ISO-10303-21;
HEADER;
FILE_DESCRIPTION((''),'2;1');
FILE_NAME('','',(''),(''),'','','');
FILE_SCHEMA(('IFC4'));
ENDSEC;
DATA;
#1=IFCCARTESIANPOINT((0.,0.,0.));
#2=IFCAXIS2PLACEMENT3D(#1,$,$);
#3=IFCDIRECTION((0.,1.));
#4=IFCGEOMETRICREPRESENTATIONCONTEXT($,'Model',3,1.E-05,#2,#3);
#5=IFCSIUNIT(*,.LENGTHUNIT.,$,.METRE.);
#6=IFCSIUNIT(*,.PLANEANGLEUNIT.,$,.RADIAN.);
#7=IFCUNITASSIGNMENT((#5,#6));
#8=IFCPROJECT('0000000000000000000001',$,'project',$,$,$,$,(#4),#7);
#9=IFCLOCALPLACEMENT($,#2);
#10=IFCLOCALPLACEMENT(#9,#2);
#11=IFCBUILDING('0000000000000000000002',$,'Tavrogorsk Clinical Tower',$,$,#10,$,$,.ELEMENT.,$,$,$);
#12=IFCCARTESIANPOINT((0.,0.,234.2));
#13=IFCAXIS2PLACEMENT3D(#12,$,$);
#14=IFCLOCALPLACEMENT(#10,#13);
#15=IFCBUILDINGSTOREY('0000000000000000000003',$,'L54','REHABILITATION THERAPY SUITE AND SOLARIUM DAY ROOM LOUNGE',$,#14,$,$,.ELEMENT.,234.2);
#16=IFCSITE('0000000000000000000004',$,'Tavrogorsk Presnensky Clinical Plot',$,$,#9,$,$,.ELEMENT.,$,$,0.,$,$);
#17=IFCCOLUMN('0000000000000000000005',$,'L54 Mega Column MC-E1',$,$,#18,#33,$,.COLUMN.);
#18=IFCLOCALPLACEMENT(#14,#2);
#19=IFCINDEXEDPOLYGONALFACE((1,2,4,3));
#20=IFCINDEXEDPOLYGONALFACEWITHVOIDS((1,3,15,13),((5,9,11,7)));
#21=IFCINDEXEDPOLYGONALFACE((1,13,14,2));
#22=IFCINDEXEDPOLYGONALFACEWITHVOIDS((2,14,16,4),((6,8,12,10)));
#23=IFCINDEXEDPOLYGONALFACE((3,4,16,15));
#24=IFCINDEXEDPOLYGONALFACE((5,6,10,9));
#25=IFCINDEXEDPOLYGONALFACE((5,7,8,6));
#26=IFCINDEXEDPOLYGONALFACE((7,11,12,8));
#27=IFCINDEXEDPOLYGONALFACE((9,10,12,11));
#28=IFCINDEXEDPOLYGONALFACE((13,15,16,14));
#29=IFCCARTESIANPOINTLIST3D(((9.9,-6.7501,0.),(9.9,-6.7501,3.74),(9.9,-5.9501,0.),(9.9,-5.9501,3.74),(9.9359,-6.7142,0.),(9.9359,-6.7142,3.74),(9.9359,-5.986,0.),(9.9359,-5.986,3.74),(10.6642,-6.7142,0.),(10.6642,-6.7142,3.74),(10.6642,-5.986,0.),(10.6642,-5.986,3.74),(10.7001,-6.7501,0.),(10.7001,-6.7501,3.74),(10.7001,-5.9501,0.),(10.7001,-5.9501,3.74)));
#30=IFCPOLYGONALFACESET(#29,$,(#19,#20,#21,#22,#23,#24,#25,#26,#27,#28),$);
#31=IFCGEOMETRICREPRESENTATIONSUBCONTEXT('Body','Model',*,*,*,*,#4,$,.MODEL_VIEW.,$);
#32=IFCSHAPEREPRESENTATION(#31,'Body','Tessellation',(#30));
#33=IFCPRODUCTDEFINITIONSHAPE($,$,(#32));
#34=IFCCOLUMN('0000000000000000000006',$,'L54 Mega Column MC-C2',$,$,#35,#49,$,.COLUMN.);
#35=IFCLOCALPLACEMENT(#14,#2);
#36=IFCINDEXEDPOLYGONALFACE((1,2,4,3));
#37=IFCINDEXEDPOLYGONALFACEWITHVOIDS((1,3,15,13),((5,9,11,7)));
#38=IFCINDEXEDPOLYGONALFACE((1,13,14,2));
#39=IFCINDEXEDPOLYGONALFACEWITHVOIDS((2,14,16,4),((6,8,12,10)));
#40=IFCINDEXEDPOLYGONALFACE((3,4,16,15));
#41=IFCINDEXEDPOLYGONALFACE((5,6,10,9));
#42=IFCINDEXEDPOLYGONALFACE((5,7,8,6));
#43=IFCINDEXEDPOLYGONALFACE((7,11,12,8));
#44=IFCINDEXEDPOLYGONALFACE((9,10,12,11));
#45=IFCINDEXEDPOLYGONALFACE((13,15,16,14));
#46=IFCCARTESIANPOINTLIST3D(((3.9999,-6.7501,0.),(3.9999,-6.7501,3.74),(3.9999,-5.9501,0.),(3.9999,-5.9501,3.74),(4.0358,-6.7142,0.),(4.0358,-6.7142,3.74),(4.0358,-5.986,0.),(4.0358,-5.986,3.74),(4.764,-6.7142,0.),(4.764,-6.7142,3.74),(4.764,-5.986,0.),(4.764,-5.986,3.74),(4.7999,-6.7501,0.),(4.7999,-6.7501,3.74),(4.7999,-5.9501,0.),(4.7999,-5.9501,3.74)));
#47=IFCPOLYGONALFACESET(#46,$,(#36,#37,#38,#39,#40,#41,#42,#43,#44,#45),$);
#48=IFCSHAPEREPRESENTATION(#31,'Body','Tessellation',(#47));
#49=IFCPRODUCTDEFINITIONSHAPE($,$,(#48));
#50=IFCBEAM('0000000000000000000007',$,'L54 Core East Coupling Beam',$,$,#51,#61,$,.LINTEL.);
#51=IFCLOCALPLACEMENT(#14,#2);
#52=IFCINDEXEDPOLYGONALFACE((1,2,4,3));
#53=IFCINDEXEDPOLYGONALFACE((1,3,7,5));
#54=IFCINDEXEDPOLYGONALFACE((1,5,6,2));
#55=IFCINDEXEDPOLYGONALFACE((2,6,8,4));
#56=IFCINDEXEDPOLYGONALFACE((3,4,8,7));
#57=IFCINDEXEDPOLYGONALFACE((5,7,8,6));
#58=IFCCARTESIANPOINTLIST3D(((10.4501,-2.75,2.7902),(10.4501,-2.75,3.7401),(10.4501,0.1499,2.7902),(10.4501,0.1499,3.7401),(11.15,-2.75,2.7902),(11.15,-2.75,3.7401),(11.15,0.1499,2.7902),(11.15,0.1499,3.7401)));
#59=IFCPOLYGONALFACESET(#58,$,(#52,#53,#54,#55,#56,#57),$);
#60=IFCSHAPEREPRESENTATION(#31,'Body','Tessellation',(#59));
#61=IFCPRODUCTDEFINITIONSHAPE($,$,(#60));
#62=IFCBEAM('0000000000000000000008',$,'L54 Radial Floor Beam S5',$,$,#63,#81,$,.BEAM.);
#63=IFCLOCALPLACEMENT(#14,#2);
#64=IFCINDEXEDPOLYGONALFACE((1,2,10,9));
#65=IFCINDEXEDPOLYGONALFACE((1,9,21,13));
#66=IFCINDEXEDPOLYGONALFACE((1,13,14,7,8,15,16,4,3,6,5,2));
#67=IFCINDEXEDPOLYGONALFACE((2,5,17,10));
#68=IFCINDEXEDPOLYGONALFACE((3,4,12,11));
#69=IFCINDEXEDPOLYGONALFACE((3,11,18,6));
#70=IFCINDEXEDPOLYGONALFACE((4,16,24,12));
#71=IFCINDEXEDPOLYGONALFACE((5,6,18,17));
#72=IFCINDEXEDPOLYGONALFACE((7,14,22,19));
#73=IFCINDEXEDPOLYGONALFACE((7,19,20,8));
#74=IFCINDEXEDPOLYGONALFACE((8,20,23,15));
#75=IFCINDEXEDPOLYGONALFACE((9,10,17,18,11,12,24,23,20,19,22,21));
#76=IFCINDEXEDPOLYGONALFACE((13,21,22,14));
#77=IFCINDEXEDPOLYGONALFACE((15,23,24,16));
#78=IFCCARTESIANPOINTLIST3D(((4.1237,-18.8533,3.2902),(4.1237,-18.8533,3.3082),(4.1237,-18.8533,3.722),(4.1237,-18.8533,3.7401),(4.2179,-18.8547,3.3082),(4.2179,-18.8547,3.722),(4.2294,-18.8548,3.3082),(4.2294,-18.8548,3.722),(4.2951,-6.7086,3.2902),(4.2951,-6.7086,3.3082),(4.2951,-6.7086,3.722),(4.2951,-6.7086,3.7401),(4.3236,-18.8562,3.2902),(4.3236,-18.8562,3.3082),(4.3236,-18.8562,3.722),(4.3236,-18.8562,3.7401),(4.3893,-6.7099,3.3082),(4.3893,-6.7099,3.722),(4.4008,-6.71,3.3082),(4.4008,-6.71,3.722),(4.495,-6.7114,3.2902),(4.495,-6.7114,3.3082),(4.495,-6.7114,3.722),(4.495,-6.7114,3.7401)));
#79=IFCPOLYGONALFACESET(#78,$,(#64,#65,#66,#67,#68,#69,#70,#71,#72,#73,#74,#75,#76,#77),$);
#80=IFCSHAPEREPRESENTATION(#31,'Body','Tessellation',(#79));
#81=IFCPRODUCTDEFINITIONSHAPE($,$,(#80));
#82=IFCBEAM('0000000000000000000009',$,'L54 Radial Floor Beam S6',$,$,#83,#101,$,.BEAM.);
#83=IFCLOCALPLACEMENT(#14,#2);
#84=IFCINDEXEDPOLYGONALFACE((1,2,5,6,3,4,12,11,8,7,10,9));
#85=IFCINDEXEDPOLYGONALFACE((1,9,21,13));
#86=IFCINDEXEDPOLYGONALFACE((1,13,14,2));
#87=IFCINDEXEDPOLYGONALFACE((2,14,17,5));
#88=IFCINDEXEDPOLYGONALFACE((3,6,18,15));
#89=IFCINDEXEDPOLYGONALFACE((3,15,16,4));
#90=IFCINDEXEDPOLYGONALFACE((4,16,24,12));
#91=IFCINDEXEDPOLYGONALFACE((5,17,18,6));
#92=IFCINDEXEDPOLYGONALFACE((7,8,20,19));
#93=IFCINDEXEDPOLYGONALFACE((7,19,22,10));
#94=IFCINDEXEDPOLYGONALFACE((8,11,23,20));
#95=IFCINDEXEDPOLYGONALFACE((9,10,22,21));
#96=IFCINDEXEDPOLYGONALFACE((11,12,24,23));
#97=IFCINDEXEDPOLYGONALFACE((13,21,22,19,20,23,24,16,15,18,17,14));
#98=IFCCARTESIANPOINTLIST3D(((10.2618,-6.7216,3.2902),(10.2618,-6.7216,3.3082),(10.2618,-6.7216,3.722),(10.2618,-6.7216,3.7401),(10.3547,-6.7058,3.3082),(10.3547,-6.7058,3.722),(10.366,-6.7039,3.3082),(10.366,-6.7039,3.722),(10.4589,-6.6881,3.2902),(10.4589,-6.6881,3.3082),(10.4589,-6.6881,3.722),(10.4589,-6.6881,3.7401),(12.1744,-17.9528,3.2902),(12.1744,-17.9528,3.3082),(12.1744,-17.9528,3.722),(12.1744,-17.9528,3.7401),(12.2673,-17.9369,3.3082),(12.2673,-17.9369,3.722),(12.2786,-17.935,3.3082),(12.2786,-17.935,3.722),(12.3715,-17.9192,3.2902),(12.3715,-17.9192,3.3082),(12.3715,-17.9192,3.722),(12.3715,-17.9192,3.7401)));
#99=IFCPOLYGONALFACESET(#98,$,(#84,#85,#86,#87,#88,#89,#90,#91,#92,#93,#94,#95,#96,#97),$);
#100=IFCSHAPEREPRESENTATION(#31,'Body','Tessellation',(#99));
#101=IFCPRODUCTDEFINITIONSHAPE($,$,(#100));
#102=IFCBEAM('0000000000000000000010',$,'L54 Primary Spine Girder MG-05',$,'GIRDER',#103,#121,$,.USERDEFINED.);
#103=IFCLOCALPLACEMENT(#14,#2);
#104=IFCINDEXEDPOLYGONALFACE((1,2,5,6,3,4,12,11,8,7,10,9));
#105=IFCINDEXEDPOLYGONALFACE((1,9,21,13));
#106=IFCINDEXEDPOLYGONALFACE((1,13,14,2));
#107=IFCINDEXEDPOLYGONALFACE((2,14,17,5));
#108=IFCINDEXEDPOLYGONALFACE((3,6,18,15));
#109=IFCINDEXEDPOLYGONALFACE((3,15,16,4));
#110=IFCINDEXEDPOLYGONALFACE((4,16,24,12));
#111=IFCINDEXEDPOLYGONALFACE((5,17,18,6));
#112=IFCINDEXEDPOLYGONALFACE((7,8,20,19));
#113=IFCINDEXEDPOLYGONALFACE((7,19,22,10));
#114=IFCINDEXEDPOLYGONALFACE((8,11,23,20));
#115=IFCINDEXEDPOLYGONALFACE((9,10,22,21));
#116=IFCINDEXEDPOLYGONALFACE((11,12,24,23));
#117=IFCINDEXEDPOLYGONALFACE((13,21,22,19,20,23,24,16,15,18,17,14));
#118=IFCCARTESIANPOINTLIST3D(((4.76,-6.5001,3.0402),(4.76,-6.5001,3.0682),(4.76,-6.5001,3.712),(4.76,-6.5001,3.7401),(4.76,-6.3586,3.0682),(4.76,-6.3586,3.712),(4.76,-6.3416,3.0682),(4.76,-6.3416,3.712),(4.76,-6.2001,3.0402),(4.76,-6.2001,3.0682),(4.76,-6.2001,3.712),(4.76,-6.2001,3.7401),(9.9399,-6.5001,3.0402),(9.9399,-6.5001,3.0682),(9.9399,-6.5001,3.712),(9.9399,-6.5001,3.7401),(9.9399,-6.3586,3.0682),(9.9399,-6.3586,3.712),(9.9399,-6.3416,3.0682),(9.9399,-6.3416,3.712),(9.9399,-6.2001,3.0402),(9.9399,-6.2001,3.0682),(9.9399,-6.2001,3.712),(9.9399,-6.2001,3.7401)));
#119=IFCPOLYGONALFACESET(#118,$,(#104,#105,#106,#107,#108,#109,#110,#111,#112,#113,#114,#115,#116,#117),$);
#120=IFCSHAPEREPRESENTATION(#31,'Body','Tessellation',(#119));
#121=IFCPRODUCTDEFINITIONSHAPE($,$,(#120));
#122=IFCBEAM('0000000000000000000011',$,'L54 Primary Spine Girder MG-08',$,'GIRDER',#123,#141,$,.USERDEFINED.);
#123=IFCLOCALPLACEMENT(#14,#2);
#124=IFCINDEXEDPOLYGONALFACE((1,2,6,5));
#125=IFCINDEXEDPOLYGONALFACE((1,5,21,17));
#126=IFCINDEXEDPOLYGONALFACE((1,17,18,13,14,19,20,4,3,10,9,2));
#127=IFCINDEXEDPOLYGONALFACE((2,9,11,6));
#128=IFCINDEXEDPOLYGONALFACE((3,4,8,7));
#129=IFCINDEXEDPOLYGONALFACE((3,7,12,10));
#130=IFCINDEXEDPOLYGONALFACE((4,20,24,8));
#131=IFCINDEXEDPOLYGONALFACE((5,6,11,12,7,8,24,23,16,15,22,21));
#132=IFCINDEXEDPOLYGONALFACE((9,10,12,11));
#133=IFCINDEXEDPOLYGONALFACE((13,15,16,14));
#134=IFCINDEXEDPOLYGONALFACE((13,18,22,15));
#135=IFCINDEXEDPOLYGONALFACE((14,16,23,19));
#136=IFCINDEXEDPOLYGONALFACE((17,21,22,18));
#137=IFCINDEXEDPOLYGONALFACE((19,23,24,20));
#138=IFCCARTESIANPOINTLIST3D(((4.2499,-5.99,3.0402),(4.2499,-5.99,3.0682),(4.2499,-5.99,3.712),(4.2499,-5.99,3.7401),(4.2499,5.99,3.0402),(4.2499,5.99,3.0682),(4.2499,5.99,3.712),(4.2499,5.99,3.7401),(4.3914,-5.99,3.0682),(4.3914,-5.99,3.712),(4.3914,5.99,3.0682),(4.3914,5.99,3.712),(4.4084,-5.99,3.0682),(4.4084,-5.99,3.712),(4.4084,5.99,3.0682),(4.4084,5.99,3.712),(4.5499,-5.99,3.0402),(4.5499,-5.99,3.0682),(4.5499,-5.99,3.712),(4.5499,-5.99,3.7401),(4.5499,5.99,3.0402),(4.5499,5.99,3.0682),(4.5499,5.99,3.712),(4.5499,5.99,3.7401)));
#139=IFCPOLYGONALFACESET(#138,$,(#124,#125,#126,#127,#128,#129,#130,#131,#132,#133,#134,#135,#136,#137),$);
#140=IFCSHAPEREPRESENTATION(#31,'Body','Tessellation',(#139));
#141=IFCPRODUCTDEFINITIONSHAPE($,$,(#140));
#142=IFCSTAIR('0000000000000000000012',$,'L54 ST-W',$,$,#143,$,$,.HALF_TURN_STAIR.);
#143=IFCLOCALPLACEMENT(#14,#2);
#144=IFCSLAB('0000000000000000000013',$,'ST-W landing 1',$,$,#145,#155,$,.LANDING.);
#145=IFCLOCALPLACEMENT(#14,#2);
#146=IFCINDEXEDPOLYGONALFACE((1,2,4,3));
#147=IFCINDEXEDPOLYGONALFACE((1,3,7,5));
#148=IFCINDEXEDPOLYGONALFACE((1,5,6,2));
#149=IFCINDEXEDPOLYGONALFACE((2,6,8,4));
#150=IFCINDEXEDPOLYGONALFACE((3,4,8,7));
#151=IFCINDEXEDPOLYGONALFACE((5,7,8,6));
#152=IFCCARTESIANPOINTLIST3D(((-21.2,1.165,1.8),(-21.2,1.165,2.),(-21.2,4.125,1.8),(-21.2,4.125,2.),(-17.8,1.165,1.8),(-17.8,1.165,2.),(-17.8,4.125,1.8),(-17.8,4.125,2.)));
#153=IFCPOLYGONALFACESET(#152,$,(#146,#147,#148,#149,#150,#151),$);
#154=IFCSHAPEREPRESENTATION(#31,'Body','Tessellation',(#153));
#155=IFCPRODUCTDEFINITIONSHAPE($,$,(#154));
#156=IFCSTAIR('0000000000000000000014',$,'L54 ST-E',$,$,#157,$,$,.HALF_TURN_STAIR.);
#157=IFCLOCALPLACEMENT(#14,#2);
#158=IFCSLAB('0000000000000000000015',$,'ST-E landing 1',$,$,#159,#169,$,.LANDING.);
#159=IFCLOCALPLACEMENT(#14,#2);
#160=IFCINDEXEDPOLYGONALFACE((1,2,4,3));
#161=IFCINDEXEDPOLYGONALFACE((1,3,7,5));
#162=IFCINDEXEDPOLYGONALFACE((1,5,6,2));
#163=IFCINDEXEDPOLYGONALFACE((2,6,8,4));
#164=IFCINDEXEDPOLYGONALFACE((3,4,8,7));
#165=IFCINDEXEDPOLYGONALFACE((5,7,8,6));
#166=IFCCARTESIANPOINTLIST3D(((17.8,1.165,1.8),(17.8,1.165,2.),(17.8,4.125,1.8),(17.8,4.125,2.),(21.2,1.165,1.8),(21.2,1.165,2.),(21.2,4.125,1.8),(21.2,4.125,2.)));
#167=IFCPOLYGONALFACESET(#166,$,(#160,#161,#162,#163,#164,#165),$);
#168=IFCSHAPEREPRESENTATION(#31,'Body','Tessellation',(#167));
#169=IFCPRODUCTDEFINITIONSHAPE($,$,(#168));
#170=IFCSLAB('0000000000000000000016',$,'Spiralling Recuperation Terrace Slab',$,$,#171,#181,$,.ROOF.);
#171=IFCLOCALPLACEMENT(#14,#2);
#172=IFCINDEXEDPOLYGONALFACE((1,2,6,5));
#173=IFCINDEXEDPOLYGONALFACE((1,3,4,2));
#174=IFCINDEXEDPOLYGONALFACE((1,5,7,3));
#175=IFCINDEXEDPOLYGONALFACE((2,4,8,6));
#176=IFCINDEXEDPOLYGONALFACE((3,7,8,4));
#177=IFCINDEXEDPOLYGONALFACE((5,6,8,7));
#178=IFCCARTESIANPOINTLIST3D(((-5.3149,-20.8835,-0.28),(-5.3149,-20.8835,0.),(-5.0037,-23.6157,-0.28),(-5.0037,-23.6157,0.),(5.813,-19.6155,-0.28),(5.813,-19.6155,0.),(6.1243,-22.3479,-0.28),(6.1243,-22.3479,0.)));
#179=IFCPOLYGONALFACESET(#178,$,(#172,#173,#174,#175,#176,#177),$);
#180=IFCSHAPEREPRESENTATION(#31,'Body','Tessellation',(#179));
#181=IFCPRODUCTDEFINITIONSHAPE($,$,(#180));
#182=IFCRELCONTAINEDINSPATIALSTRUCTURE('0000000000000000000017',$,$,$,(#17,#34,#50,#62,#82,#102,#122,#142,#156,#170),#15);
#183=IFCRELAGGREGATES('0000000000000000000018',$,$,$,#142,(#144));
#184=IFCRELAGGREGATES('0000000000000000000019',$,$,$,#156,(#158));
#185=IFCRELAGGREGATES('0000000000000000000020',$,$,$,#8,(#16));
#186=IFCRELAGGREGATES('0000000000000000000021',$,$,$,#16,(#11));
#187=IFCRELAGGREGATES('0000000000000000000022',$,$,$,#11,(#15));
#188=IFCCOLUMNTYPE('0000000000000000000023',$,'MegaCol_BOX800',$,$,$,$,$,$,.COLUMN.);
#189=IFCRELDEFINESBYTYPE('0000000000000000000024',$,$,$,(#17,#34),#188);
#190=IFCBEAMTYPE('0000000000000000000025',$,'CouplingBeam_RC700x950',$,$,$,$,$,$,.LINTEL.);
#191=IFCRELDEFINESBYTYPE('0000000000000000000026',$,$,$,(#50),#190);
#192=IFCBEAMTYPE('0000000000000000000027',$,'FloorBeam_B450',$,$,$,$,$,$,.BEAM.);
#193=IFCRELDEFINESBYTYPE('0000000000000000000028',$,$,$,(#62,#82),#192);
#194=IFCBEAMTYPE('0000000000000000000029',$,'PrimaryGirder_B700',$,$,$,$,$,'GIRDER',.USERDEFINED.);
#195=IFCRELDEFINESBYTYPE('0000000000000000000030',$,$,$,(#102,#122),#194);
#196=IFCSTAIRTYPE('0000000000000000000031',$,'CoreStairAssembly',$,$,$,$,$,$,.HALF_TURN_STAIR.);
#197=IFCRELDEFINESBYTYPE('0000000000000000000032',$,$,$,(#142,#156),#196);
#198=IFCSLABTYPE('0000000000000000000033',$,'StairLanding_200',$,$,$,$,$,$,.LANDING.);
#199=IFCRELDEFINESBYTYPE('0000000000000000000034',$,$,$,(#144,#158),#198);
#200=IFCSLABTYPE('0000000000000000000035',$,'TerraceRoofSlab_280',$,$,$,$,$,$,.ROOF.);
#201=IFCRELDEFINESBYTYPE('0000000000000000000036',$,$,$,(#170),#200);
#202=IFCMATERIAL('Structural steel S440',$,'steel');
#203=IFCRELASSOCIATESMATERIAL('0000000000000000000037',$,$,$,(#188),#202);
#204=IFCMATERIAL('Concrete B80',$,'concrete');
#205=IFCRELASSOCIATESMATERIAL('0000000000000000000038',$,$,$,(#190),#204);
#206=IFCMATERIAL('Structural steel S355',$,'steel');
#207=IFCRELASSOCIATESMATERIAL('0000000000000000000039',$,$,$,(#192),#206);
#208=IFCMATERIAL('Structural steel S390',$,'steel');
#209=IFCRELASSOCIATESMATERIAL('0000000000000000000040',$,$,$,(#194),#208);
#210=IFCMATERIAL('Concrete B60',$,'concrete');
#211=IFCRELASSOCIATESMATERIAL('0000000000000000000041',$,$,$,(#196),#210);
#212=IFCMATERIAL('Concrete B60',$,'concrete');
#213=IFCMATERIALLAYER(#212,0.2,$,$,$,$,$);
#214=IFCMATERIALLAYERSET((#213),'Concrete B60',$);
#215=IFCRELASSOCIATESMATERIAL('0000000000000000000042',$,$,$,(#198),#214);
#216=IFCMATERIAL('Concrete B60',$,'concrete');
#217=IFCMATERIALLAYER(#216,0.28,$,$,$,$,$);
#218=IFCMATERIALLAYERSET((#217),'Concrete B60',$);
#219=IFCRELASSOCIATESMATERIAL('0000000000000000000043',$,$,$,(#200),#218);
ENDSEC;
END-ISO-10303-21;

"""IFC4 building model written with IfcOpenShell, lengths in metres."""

from ifc_helpers import new_model, si_unit, direction, frame, origin, origin_2d, place, context, subcontext, project, spatial, polyline, rectangle, hollow_rectangle, i_section, outline, extrude, material, layer, layer_set, material_profile, profile_set, type_object, element, aggregate, save


model = new_model("IFC4")

# Units and contexts
model_context = context("Model", 3, precision=1e-05, world=origin(), true_north=direction((0.0, 1.0)))
body_context = subcontext(model_context, "Body", "Model", "MODEL_VIEW")
ifc_project = project(units=[si_unit("LENGTHUNIT", "METRE"), si_unit("PLANEANGLEUNIT", "RADIAN")], contexts=[model_context])

# Site, building, storey
site_placement = place(None, origin())
site = spatial("IfcSite", under=ifc_project, at=site_placement, Name="Tavrogorsk Presnensky Clinical Plot", CompositionType="ELEMENT", RefElevation=0.0)
building_placement = place(site_placement, origin())
building = spatial("IfcBuilding", under=site, at=building_placement, Name="Tavrogorsk Clinical Tower", CompositionType="ELEMENT")
storey_placement = place(building_placement, frame((0.0, 0.0, 234.2)))
storey = spatial("IfcBuildingStorey", under=building, at=storey_placement, Name="L54", Description="REHABILITATION THERAPY SUITE AND SOLARIUM DAY ROOM LOUNGE", CompositionType="ELEMENT", Elevation=234.2)

# Columns
ifc_material_1 = material(Name="Structural steel S440", Category="steel")
ifc_material_profile_1 = material_profile(ifc_material_1, hollow_rectangle(XDim=0.8, YDim=0.8, WallThickness=0.0359, at=origin_2d()), Name="BOX-800x800x36")
ifc_profile_set_1 = profile_set([ifc_material_profile_1], Name="Structural steel S440")
column_type = type_object("IfcColumnType", Name="MegaCol_BOX800", PredefinedType="COLUMN", material=ifc_profile_set_1)
for number, where, z_axis, x_axis, name in (
    (1, (10.3, -6.3501, 0.0), (0.0, 0.0, 1.0), (1.0, 0.0, 0.0), "L54 Mega Column MC-E1"),
    (2, (4.3999, -6.3501, 0.0), (0.0, 0.0, 1.0), (1.0, 0.0, 0.0), "L54 Mega Column MC-C2"),
):
    element("IfcColumn", number, at=place(storey_placement, frame(where, z_axis=z_axis, x_axis=x_axis)), inside=storey, type_object=column_type, Name=name, PredefinedType="COLUMN", context=body_context, shape_type="SweptSolid", body=[
        extrude(hollow_rectangle(XDim=0.8, YDim=0.8, WallThickness=0.0359, at=origin_2d()), origin(), (0.0, 0.0, 1.0), 3.74),
    ])

# Beams
ifc_material_2 = material(Name="Concrete B80", Category="concrete")
ifc_material_profile_2 = material_profile(ifc_material_2, rectangle(XDim=0.7, YDim=0.95, at=origin_2d()), Name="RC-CB-700x950")
ifc_profile_set_2 = profile_set([ifc_material_profile_2], Name="Concrete B80")
beam_type_1 = type_object("IfcBeamType", Name="CouplingBeam_RC700x950", PredefinedType="LINTEL", material=ifc_profile_set_2)
beam_1_placement = place(storey_placement, frame((10.8, -2.75, 3.2651), z_axis=(0.0, 1.0, 0.0), x_axis=(-1.0, 0.0, 0.0)))
element("IfcBeam", 3, at=beam_1_placement, inside=storey, type_object=beam_type_1, Name="L54 Core East Coupling Beam", PredefinedType="LINTEL", context=body_context, shape_type="SweptSolid", body=[
    extrude(rectangle(XDim=0.7, YDim=0.95, at=origin_2d()), origin(), (0.0, 0.0, 1.0), 2.8999),
])
ifc_material_3 = material(Name="Structural steel S355", Category="steel")
ifc_material_profile_3 = material_profile(ifc_material_3, i_section(OverallWidth=0.2, OverallDepth=0.45, WebThickness=0.0115, FlangeThickness=0.0181, at=origin_2d()), Name="B-450x200x11.5x18")
ifc_profile_set_3 = profile_set([ifc_material_profile_3], Name="Structural steel S355")
beam_type_2 = type_object("IfcBeamType", Name="FloorBeam_B450", PredefinedType="BEAM", material=ifc_profile_set_3)
beam_2_placement = place(storey_placement, frame((4.395, -6.71, 3.5151), z_axis=(-0.014111, -0.9999, 0.0), x_axis=(0.9999, -0.014111, 0.0)))
element("IfcBeam", 4, at=beam_2_placement, inside=storey, type_object=beam_type_2, Name="L54 Radial Floor Beam S5", PredefinedType="BEAM", context=body_context, shape_type="SweptSolid", body=[
    extrude(i_section(OverallWidth=0.2, OverallDepth=0.45, WebThickness=0.0115, FlangeThickness=0.0181, at=origin_2d()), origin(), (0.0, 0.0, 1.0), 12.146),
])
beam_3_placement = place(storey_placement, frame((10.3604, -6.7048, 3.5151), z_axis=(0.167876, -0.985808, 0.0), x_axis=(0.985808, 0.167876, 0.0)))
element("IfcBeam", 5, at=beam_3_placement, inside=storey, type_object=beam_type_2, Name="L54 Radial Floor Beam S6", PredefinedType="BEAM", context=body_context, shape_type="SweptSolid", body=[
    extrude(i_section(OverallWidth=0.2, OverallDepth=0.45, WebThickness=0.0115, FlangeThickness=0.0181, at=origin_2d()), origin(), (0.0, 0.0, 1.0), 11.3928),
])
ifc_material_4 = material(Name="Structural steel S390", Category="steel")
ifc_material_profile_4 = material_profile(ifc_material_4, i_section(OverallWidth=0.3, OverallDepth=0.7, WebThickness=0.0171, FlangeThickness=0.0281, at=origin_2d()), Name="B-700x300x17x28")
ifc_profile_set_4 = profile_set([ifc_material_profile_4], Name="Structural steel S390")
beam_type_3 = type_object("IfcBeamType", Name="PrimaryGirder_B700", ElementType="GIRDER", PredefinedType="USERDEFINED", material=ifc_profile_set_4)
beam_4_placement = place(storey_placement, frame((4.76, -6.3501, 3.3901), z_axis=(1.0, 0.0, 0.0), x_axis=(0.0, 1.0, 0.0)))
element("IfcBeam", 6, at=beam_4_placement, inside=storey, type_object=beam_type_3, Name="L54 Primary Spine Girder MG-05", ObjectType="GIRDER", PredefinedType="USERDEFINED", context=body_context, shape_type="SweptSolid", body=[
    extrude(i_section(OverallWidth=0.3, OverallDepth=0.7, WebThickness=0.0171, FlangeThickness=0.0281, at=origin_2d()), origin(), (0.0, 0.0, 1.0), 5.1799),
])
beam_5_placement = place(storey_placement, frame((4.3999, -5.99, 3.3901), z_axis=(0.0, 1.0, 0.0), x_axis=(-1.0, 0.0, 0.0)))
element("IfcBeam", 7, at=beam_5_placement, inside=storey, type_object=beam_type_3, Name="L54 Primary Spine Girder MG-08", ObjectType="GIRDER", PredefinedType="USERDEFINED", context=body_context, shape_type="SweptSolid", body=[
    extrude(i_section(OverallWidth=0.3, OverallDepth=0.7, WebThickness=0.0171, FlangeThickness=0.0281, at=origin_2d()), origin(), (0.0, 0.0, 1.0), 11.98),
])

# Stairs, slabs
ifc_material_5 = material(Name="Concrete B60", Category="concrete")
stair_type = type_object("IfcStairType", Name="CoreStairAssembly", PredefinedType="HALF_TURN_STAIR", material=ifc_material_5)
stair_1_placement = place(storey_placement, origin())
stair_1 = element("IfcStair", 8, at=stair_1_placement, inside=storey, type_object=stair_type, Name="L54 ST-W", PredefinedType="HALF_TURN_STAIR")
ifc_material_6 = material(Name="Concrete B60", Category="concrete")
ifc_layer_1 = layer(ifc_material_6, 0.2)
ifc_layer_set_1 = layer_set([ifc_layer_1], Name="Concrete B60")
slab_type_1 = type_object("IfcSlabType", Name="StairLanding_200", PredefinedType="LANDING", material=ifc_layer_set_1)
slab_1_placement = place(storey_placement, frame((0.0, 0.0, 1.8)))
slab_1 = element("IfcSlab", 9, at=slab_1_placement, type_object=slab_type_1, Name="ST-W landing 1", PredefinedType="LANDING", context=body_context, shape_type="SweptSolid", body=[
    extrude(outline(polyline([(-17.8, 1.165), (-17.8, 4.125), (-21.2, 4.125), (-21.2, 1.165), (-17.8, 1.165)])), origin(), (0.0, 0.0, 1.0), 0.2),
])
aggregate(stair_1, [slab_1])
stair_2_placement = place(storey_placement, origin())
stair_2 = element("IfcStair", 10, at=stair_2_placement, inside=storey, type_object=stair_type, Name="L54 ST-E", PredefinedType="HALF_TURN_STAIR")
slab_2_placement = place(storey_placement, frame((0.0, 0.0, 1.8)))
slab_2 = element("IfcSlab", 11, at=slab_2_placement, type_object=slab_type_1, Name="ST-E landing 1", PredefinedType="LANDING", context=body_context, shape_type="SweptSolid", body=[
    extrude(outline(polyline([(21.2, 1.165), (21.2, 4.125), (17.8, 4.125), (17.8, 1.165), (21.2, 1.165)])), origin(), (0.0, 0.0, 1.0), 0.2),
])
aggregate(stair_2, [slab_2])

# Slab
ifc_material_7 = material(Name="Concrete B60", Category="concrete")
ifc_layer_2 = layer(ifc_material_7, 0.28)
ifc_layer_set_2 = layer_set([ifc_layer_2], Name="Concrete B60")
slab_type_2 = type_object("IfcSlabType", Name="TerraceRoofSlab_280", PredefinedType="ROOF", material=ifc_layer_set_2)
slab_3_placement = place(storey_placement, frame((0.0, 0.0, -0.28)))
element("IfcSlab", 12, at=slab_3_placement, inside=storey, type_object=slab_type_2, Name="Spiralling Recuperation Terrace Slab", PredefinedType="ROOF", context=body_context, shape_type="SweptSolid", body=[
    extrude(outline(polyline([(6.1243, -22.3479), (-5.0037, -23.6157), (-5.3149, -20.8835), (5.813, -19.6155), (6.1243, -22.3479)])), origin(), (0.0, 0.0, 1.0), 0.28),
])

save(model, "model.ifc")
